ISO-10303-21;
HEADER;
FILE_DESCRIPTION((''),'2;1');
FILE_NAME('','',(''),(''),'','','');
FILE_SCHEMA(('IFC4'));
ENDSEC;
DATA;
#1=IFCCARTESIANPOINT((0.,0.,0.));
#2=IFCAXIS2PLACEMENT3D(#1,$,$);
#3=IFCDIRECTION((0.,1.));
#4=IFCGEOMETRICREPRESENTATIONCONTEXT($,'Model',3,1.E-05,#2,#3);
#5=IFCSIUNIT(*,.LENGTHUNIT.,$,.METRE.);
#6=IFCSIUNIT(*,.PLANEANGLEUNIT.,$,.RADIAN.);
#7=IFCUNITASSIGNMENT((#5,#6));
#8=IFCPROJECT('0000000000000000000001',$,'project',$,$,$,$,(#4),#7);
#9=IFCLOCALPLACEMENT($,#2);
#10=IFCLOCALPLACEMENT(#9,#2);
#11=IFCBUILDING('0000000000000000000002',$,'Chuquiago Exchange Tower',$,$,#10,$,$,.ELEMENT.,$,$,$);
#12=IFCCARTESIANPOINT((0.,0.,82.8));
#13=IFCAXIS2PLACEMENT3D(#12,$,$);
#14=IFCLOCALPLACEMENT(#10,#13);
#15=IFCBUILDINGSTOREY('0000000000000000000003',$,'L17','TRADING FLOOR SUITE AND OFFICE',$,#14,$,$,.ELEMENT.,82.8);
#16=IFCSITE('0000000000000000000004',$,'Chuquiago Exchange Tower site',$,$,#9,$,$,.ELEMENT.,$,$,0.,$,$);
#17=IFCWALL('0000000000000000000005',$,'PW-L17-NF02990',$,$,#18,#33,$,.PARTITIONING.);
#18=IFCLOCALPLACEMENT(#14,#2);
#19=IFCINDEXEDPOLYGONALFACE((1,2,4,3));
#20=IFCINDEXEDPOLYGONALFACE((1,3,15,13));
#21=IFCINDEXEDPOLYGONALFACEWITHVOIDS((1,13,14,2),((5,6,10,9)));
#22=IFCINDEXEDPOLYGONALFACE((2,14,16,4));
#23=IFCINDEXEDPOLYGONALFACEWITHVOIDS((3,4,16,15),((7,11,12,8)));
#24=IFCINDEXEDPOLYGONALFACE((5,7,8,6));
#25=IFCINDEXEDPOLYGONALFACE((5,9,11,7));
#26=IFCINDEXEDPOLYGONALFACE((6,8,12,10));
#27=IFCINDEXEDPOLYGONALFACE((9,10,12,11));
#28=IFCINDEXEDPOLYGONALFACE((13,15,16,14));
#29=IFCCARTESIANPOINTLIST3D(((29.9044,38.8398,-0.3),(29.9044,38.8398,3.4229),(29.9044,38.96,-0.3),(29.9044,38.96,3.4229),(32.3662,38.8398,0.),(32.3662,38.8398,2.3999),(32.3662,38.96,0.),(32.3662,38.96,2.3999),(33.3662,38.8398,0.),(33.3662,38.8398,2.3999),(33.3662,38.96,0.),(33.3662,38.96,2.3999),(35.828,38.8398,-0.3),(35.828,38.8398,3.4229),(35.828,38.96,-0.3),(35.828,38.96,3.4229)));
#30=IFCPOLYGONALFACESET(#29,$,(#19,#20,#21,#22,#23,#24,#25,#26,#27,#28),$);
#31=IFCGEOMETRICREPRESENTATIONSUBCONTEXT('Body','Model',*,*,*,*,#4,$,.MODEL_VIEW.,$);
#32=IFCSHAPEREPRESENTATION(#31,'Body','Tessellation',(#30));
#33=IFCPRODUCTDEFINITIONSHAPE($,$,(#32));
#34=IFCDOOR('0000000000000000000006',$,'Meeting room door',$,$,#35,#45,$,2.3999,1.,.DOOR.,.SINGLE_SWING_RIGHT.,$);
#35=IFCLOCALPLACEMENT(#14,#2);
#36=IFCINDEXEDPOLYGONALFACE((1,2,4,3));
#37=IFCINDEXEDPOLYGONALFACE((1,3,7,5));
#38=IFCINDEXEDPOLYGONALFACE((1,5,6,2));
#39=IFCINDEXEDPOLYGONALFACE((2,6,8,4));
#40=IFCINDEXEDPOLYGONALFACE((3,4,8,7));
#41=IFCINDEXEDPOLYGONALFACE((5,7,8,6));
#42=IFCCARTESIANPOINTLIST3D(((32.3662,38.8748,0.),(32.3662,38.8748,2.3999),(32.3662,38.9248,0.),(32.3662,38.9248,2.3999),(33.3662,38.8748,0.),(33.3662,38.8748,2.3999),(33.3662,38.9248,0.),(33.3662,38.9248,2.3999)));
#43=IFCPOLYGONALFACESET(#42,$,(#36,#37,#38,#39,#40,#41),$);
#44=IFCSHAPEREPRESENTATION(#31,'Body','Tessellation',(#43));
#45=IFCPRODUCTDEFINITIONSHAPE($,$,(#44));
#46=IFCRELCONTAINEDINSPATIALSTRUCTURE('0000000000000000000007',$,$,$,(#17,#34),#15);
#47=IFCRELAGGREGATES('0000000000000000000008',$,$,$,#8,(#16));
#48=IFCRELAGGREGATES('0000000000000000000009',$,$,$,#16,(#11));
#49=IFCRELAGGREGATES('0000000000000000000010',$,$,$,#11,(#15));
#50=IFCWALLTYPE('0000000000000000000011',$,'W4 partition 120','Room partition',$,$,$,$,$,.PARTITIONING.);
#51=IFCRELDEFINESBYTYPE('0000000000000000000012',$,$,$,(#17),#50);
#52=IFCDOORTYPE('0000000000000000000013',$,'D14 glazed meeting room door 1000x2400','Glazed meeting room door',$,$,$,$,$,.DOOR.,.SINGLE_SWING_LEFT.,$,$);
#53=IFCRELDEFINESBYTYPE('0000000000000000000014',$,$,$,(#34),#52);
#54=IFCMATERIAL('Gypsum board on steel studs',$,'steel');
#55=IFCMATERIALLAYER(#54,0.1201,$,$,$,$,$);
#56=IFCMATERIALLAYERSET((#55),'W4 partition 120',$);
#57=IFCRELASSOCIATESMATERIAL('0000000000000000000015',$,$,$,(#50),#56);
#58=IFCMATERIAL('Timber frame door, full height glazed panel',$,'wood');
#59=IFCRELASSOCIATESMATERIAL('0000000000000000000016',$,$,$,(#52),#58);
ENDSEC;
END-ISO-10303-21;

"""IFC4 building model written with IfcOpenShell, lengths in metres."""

from ifc_helpers import new_model, si_unit, direction, frame, frame_2d, origin, place, context, subcontext, project, spatial, rectangle, extrude, material, layer, layer_set, type_object, element, fill, save


model = new_model("IFC4")

# Units and contexts
model_context = context("Model", 3, precision=1e-05, world=origin(), true_north=direction((0.0, 1.0)))
body_context = subcontext(model_context, "Body", "Model", "MODEL_VIEW")
ifc_project = project(units=[si_unit("LENGTHUNIT", "METRE"), si_unit("PLANEANGLEUNIT", "RADIAN")], contexts=[model_context])

# Site, building, storey
site_placement = place(None, origin())
site = spatial("IfcSite", under=ifc_project, at=site_placement, Name="Chuquiago Exchange Tower site", CompositionType="ELEMENT", RefElevation=0.0)
building_placement = place(site_placement, origin())
building = spatial("IfcBuilding", under=site, at=building_placement, Name="Chuquiago Exchange Tower", CompositionType="ELEMENT")
storey_placement = place(building_placement, frame((0.0, 0.0, 82.8)))
storey = spatial("IfcBuildingStorey", under=building, at=storey_placement, Name="L17", Description="TRADING FLOOR SUITE AND OFFICE", CompositionType="ELEMENT", Elevation=82.8)

# Shared definitions
ifc_material_1 = material(Name="Gypsum board on steel studs", Category="steel")
ifc_layer_1 = layer(ifc_material_1, 0.1201)
ifc_layer_set_1 = layer_set([ifc_layer_1], Name="W4 partition 120")
wall_type_1 = type_object("IfcWallType", Name="W4 partition 120", Description="Room partition", PredefinedType="PARTITIONING", material=ifc_layer_set_1)

# Wall, opening, door
wall_1_placement = place(storey_placement, frame((29.9043, 38.8999, -0.3), z_axis=(0.0, 0.0, 1.0), x_axis=(1.0, 0.0, 0.0)))
wall_1 = element("IfcWall", 1, at=wall_1_placement, inside=storey, type_object=wall_type_1, Name="PW-L17-NF02990", PredefinedType="PARTITIONING", context=body_context, shape_type="SweptSolid", body=[
    extrude(rectangle(XDim=5.9236, YDim=0.1201, at=frame_2d((2.9619, 0.0))), origin(), (0.0, 0.0, 1.0), 3.7229),
])
opening_1_placement = place(wall_1_placement, frame((2.4619, 0.0, 0.3)))
opening_1 = element("IfcOpeningElement", 2, at=opening_1_placement, cuts=wall_1, PredefinedType="OPENING", context=body_context, shape_type="SweptSolid", body=[
    extrude(rectangle(XDim=1.0, YDim=2.3999, at=frame_2d((0.5, 1.2))), frame((0.0, 0.0701, 0.0), z_axis=(0.0, -1.0, 0.0), x_axis=(1.0, 0.0, 0.0)), (0.0, 0.0, 1.0), 0.1401),
])
ifc_material_2 = material(Name="Timber frame door, full height glazed panel", Category="wood")
door_type_1 = type_object("IfcDoorType", Name="D14 glazed meeting room door 1000x2400", Description="Glazed meeting room door", OperationType="SINGLE_SWING_LEFT", PredefinedType="DOOR", material=ifc_material_2)
door_1_placement = place(opening_1_placement, origin())
door_1 = element("IfcDoor", 3, at=door_1_placement, inside=storey, type_object=door_type_1, Name="Meeting room door", OperationType="SINGLE_SWING_RIGHT", OverallHeight=2.3999, OverallWidth=1.0, PredefinedType="DOOR", context=body_context, shape_type="SweptSolid", body=[
    extrude(rectangle(XDim=1.0, YDim=2.3999, at=frame_2d((0.5, 1.2))), frame((0.0, 0.0249, 0.0), z_axis=(0.0, -1.0, 0.0), x_axis=(1.0, 0.0, 0.0)), (0.0, 0.0, 1.0), 0.05),
])
fill(opening_1, door_1)

save(model, "model.ifc")
